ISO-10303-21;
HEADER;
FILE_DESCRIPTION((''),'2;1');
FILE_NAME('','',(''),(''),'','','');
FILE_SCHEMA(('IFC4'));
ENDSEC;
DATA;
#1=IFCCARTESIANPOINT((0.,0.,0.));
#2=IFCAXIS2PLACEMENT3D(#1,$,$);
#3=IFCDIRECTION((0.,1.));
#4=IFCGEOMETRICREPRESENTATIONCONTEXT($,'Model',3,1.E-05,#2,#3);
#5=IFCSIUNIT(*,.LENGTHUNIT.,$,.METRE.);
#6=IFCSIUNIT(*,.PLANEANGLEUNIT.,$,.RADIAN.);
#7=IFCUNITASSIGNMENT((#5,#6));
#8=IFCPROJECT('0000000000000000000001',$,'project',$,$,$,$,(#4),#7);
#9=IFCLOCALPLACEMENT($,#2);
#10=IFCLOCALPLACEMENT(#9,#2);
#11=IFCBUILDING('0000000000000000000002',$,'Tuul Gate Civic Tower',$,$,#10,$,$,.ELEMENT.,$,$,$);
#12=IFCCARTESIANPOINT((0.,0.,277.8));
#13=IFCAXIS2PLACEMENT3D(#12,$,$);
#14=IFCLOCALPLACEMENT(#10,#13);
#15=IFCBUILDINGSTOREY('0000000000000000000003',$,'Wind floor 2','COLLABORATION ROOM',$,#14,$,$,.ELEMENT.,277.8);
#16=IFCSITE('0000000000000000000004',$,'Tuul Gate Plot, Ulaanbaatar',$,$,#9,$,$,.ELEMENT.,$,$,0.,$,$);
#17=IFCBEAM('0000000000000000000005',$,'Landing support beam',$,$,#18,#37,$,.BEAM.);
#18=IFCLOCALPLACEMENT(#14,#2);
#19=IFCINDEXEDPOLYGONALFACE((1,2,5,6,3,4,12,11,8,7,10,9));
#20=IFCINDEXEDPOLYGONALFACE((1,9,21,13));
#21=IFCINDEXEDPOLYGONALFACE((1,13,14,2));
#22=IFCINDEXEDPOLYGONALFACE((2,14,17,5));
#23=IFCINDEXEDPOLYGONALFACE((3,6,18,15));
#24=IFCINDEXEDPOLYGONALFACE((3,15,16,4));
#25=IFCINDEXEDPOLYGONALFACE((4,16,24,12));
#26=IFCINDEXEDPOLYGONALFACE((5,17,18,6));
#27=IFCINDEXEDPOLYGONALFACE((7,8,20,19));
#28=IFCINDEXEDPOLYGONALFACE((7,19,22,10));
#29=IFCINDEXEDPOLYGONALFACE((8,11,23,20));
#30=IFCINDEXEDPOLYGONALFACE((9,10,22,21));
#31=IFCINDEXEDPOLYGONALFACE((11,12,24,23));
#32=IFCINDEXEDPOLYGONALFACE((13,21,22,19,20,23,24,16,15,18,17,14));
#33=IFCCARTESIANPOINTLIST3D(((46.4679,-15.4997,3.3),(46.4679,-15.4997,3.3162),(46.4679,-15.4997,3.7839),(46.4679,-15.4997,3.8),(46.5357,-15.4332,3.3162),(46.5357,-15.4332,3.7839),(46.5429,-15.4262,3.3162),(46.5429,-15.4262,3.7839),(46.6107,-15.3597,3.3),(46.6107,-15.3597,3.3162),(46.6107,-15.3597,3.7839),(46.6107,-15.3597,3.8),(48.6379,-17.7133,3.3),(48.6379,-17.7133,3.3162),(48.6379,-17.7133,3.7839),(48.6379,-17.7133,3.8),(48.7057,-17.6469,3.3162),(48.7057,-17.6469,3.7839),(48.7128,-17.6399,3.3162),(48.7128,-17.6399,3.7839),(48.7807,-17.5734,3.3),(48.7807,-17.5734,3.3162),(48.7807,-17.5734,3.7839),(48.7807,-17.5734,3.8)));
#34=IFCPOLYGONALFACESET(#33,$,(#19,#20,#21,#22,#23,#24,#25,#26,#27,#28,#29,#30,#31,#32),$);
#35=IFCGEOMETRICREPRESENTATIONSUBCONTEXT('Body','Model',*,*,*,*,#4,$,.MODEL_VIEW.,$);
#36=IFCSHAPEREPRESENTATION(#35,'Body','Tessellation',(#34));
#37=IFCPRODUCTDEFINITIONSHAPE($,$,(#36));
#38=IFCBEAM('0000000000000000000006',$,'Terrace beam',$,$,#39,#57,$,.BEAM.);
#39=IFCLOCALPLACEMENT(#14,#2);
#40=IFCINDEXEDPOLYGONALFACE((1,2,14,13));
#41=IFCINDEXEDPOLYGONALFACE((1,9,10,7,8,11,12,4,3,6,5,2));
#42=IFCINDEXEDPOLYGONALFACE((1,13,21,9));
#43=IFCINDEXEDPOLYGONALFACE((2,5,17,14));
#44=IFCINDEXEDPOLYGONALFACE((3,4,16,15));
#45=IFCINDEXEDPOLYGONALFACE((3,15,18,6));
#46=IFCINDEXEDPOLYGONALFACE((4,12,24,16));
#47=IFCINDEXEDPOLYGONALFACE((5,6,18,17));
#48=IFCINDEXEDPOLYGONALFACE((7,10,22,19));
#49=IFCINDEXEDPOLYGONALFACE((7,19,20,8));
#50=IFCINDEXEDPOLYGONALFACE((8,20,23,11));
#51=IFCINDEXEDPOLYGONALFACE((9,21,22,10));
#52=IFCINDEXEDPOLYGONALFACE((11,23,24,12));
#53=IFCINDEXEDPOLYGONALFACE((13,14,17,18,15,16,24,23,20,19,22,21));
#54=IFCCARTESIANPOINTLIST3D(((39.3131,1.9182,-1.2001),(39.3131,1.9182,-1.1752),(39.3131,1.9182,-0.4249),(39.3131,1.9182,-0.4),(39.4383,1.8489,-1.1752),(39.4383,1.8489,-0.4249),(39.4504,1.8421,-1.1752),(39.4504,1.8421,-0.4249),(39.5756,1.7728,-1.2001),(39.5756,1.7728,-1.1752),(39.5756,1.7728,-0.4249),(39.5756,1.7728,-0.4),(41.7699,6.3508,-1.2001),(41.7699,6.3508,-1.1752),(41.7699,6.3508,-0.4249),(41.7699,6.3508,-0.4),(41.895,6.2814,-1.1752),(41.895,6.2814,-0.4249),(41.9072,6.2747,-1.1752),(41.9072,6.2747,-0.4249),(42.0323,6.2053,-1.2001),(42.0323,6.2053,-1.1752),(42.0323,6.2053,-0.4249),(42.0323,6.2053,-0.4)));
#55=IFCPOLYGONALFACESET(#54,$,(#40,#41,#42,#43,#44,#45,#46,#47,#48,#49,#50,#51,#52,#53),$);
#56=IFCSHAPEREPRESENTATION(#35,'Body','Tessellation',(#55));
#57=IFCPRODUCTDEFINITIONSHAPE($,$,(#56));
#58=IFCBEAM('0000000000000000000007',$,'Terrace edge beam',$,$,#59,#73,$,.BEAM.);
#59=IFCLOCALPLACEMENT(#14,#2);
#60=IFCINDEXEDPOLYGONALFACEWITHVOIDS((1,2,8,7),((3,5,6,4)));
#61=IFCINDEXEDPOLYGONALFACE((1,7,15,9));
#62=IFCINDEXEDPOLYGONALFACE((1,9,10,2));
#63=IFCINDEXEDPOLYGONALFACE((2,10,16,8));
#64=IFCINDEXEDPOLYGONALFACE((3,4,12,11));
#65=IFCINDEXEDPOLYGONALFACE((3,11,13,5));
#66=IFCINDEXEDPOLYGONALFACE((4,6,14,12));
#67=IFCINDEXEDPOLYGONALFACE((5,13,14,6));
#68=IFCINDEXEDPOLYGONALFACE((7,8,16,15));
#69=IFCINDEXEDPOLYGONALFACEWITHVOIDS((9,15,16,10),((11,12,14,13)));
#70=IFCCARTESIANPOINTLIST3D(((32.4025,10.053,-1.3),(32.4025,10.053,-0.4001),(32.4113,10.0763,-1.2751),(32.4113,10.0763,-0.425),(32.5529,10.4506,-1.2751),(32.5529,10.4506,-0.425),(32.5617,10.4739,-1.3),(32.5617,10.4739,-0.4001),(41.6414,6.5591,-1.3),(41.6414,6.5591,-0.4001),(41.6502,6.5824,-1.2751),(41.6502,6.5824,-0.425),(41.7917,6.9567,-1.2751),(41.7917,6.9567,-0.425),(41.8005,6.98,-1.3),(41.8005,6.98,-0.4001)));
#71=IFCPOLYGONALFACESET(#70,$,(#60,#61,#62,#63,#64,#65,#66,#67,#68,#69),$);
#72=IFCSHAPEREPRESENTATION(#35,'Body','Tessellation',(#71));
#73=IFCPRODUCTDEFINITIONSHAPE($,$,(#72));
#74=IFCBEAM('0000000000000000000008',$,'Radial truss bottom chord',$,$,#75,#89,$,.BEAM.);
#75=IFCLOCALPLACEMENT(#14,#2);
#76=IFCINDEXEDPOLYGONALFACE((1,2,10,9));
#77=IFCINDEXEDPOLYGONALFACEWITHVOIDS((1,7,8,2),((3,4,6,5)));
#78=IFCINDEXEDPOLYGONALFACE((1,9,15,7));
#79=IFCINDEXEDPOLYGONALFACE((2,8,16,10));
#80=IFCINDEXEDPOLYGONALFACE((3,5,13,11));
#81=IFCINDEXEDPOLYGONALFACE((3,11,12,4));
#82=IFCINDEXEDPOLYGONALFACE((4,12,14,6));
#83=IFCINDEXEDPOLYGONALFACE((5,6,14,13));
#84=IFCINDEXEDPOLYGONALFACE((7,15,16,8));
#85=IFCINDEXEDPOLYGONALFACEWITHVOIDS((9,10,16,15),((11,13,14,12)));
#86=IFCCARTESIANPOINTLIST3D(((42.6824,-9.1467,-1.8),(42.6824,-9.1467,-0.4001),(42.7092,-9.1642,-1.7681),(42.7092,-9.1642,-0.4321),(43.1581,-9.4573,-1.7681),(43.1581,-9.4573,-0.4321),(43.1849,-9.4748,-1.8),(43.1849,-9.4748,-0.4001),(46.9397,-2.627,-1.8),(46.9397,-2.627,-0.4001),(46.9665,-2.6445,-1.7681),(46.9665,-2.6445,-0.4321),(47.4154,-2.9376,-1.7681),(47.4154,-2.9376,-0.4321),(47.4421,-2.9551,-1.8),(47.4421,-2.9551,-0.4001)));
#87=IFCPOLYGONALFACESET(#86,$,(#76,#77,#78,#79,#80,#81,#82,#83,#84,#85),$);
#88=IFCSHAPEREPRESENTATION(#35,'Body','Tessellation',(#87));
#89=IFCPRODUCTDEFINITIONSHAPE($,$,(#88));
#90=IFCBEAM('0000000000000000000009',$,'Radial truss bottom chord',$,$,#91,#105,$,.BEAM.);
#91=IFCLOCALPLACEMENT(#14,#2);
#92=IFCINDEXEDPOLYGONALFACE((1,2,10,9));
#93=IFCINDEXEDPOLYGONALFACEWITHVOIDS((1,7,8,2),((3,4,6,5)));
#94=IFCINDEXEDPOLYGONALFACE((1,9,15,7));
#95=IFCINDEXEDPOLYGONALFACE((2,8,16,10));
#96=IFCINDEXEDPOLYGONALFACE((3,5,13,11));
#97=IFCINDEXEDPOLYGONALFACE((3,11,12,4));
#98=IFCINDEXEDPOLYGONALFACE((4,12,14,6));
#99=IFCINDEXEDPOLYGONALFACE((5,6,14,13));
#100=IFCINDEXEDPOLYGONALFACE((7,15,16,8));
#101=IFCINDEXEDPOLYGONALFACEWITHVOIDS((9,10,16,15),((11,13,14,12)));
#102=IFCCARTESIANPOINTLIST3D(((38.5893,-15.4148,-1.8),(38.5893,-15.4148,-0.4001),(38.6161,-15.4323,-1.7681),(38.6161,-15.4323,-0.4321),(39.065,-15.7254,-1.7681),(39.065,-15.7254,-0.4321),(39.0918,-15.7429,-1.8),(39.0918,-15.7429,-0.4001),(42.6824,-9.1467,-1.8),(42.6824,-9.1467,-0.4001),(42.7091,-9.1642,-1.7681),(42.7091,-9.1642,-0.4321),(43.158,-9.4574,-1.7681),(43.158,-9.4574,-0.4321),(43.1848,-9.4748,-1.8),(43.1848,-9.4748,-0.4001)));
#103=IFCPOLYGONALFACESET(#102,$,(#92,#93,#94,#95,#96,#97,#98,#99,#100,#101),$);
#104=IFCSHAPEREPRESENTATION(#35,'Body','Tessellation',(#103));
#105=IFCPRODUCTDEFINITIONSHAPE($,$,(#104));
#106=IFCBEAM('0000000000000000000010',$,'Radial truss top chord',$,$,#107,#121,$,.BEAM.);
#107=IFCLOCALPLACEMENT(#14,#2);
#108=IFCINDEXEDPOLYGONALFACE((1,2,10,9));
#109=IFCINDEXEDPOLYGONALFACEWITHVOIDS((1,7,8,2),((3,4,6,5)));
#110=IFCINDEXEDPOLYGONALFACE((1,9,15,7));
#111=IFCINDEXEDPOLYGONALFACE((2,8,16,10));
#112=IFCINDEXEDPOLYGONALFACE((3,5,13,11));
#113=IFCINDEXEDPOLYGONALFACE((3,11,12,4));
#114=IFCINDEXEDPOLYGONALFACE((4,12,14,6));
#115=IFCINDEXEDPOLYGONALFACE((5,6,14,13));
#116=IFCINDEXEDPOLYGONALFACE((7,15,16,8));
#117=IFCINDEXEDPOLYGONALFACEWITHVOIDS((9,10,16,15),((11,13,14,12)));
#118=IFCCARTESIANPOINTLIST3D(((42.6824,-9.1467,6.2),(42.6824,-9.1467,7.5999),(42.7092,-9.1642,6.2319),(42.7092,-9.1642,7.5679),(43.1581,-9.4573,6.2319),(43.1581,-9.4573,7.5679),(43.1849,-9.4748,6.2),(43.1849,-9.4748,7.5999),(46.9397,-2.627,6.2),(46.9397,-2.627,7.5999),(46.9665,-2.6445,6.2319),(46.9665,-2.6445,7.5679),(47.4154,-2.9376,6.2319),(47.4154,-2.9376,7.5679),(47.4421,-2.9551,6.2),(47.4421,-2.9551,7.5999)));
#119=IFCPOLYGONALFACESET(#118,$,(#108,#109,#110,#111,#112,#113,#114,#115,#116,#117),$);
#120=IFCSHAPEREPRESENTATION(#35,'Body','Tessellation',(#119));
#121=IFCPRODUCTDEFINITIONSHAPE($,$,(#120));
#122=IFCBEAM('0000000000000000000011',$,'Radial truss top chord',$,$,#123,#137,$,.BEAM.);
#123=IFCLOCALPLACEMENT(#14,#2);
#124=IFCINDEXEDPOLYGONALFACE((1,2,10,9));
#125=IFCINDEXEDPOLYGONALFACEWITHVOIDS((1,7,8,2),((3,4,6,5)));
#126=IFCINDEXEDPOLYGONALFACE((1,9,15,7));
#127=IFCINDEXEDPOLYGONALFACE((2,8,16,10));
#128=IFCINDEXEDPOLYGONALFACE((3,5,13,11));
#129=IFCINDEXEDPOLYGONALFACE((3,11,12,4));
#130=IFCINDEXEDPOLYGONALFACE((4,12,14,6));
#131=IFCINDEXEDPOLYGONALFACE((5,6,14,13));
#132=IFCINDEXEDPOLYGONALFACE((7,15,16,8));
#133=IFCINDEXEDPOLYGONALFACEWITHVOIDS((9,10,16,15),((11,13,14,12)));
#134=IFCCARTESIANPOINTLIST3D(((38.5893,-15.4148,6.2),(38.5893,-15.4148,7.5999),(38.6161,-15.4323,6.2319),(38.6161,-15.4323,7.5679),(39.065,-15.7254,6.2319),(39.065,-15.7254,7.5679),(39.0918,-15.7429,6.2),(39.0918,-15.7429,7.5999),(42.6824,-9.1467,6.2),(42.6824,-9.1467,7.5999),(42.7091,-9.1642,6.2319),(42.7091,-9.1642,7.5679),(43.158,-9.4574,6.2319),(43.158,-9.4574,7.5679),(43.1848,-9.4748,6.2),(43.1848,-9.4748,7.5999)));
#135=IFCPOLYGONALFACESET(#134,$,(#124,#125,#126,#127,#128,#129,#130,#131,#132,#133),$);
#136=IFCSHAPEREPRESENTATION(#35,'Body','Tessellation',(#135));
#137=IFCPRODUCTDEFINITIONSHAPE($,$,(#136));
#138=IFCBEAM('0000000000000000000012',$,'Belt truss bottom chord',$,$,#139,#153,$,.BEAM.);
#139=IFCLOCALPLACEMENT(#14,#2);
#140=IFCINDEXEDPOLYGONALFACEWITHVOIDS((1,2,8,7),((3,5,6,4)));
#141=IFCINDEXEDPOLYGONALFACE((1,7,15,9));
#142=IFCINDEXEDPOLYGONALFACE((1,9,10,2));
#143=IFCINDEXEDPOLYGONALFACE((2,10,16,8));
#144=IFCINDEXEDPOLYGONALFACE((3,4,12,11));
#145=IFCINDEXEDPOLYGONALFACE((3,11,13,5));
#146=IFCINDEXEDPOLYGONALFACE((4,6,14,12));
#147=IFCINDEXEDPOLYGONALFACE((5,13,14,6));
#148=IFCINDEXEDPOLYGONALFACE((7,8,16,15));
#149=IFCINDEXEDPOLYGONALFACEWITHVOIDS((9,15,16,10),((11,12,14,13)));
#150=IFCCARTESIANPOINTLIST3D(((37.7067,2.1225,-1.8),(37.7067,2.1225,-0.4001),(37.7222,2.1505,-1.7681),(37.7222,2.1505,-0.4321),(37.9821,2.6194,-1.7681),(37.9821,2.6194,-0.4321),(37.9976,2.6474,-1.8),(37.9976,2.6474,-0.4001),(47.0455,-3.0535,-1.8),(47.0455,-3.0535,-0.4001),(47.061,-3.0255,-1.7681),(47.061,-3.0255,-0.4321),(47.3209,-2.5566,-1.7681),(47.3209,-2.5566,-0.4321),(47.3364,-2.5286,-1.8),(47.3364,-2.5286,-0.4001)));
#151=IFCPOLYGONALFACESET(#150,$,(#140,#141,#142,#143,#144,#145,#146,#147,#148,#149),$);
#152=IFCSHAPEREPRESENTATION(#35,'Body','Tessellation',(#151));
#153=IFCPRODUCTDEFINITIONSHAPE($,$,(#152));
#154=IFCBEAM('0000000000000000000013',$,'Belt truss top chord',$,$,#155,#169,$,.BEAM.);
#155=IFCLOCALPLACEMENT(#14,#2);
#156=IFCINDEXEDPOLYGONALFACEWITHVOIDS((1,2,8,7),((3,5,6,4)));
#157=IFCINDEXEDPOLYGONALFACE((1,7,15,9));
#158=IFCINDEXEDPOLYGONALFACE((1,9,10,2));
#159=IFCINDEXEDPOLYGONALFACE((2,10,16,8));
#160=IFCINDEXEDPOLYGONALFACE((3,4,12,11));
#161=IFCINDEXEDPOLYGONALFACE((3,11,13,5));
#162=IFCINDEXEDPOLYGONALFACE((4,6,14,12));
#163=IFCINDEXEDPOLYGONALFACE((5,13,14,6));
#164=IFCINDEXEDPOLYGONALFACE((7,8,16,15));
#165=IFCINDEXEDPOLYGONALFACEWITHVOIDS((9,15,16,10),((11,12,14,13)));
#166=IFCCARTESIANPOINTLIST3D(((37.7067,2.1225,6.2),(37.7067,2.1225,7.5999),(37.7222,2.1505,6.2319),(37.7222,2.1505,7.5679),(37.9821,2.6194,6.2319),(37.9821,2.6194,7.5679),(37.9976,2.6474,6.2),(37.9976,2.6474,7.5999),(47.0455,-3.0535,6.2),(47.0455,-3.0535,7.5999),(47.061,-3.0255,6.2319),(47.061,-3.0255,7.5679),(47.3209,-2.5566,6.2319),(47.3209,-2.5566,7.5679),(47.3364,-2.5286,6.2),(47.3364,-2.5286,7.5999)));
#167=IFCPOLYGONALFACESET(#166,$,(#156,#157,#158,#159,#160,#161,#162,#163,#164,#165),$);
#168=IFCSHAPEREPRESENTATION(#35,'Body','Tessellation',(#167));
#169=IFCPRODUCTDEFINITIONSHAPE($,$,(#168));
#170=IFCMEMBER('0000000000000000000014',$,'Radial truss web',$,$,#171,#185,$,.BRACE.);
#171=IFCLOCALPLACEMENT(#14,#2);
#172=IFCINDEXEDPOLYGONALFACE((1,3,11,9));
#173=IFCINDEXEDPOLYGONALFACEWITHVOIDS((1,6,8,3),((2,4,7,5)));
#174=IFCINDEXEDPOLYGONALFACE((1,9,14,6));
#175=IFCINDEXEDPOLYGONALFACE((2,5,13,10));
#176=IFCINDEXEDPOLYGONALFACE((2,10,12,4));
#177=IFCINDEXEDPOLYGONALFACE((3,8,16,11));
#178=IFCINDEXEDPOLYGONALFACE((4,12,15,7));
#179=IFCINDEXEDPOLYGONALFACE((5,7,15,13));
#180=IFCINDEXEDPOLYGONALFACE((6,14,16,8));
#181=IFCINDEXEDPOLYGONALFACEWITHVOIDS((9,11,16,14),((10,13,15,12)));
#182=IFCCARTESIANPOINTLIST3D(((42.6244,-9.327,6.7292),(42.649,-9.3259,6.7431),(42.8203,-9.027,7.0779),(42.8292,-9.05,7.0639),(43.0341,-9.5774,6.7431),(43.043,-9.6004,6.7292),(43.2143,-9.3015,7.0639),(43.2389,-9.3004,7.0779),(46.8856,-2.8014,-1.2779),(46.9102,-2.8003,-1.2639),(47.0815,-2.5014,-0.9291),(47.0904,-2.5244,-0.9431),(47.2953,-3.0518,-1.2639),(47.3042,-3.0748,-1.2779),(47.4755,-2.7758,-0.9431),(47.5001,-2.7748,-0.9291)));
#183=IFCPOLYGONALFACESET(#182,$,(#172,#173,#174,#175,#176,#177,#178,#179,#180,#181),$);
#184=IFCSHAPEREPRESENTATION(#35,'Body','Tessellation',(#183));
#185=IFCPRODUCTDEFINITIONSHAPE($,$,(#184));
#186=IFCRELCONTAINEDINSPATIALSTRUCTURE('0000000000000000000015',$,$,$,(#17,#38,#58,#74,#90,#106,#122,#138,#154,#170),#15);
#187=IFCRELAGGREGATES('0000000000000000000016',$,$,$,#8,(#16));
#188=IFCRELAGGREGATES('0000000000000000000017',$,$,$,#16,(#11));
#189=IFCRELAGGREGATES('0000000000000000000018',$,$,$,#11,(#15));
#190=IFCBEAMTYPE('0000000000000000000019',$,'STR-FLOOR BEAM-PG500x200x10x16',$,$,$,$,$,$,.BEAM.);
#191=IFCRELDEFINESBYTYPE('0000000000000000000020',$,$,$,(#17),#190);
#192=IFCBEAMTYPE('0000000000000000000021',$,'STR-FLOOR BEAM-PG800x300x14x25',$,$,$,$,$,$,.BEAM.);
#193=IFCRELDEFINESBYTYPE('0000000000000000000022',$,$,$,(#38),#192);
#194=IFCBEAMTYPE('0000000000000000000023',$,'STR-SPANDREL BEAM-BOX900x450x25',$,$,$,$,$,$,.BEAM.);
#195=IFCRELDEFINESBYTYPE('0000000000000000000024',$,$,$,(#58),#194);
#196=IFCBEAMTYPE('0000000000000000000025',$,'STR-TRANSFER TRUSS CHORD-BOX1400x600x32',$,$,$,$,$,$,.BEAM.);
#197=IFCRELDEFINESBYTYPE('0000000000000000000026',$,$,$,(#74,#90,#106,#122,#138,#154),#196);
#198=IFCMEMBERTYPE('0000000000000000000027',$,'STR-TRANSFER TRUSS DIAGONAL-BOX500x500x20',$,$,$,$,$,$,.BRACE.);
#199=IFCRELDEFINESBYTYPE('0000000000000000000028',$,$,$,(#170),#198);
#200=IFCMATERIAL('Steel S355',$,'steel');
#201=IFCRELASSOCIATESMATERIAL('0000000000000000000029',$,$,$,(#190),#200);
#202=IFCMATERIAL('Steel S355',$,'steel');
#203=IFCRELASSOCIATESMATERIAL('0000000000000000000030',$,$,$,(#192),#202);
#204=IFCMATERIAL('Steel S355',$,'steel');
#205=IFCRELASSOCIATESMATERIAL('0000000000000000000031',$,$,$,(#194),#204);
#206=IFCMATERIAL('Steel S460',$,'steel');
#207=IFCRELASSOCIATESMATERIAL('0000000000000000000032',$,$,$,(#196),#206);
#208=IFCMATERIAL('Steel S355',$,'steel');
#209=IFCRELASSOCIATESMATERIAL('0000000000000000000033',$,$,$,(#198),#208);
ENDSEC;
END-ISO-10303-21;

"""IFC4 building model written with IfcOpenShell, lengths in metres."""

from ifc_helpers import new_model, si_unit, direction, frame, origin, origin_2d, place, context, subcontext, project, spatial, hollow_rectangle, i_section, extrude, material, material_profile, profile_set, type_object, element, save


model = new_model("IFC4")

# Units and contexts
model_context = context("Model", 3, precision=1e-05, world=origin(), true_north=direction((0.0, 1.0)))
body_context = subcontext(model_context, "Body", "Model", "MODEL_VIEW")
ifc_project = project(units=[si_unit("LENGTHUNIT", "METRE"), si_unit("PLANEANGLEUNIT", "RADIAN")], contexts=[model_context])

# Site, building, storey
site_placement = place(None, origin())
site = spatial("IfcSite", under=ifc_project, at=site_placement, Name="Tuul Gate Plot, Ulaanbaatar", CompositionType="ELEMENT", RefElevation=0.0)
building_placement = place(site_placement, origin())
building = spatial("IfcBuilding", under=site, at=building_placement, Name="Tuul Gate Civic Tower", CompositionType="ELEMENT")
storey_placement = place(building_placement, frame((0.0, 0.0, 277.8)))
storey = spatial("IfcBuildingStorey", under=building, at=storey_placement, Name="Wind floor 2", Description="COLLABORATION ROOM", CompositionType="ELEMENT", Elevation=277.8)

# Beams
ifc_material_1 = material(Name="Steel S355", Category="steel")
ifc_material_profile_1 = material_profile(ifc_material_1, i_section(OverallWidth=0.2, OverallDepth=0.5, WebThickness=0.01, FlangeThickness=0.0161, at=origin_2d()), Name="PG500x200x10x16")
ifc_profile_set_1 = profile_set([ifc_material_profile_1], Name="Steel S355")
beam_type_1 = type_object("IfcBeamType", Name="STR-FLOOR BEAM-PG500x200x10x16", PredefinedType="BEAM", material=ifc_profile_set_1)
beam_1_placement = place(storey_placement, frame((46.5393, -15.4297, 3.55), z_axis=(0.700023, -0.714121, 0.0), x_axis=(0.714121, 0.700023, 0.0)))
element("IfcBeam", 1, at=beam_1_placement, inside=storey, type_object=beam_type_1, Name="Landing support beam", PredefinedType="BEAM", context=body_context, shape_type="SweptSolid", body=[
    extrude(i_section(OverallWidth=0.2, OverallDepth=0.5, WebThickness=0.01, FlangeThickness=0.0161, at=origin_2d()), origin(), (0.0, 0.0, 1.0), 3.0999),
])
ifc_material_2 = material(Name="Steel S355", Category="steel")
ifc_material_profile_2 = material_profile(ifc_material_2, i_section(OverallWidth=0.3, OverallDepth=0.8, WebThickness=0.0139, FlangeThickness=0.0249, at=origin_2d()), Name="PG800x300x14x25")
ifc_profile_set_2 = profile_set([ifc_material_profile_2], Name="Steel S355")
beam_type_2 = type_object("IfcBeamType", Name="STR-FLOOR BEAM-PG800x300x14x25", PredefinedType="BEAM", material=ifc_profile_set_2)
beam_2_placement = place(storey_placement, frame((41.9011, 6.2781, -0.8), z_axis=(-0.484771, -0.874641, 0.0), x_axis=(0.874641, -0.484771, 0.0)))
element("IfcBeam", 2, at=beam_2_placement, inside=storey, type_object=beam_type_2, Name="Terrace beam", PredefinedType="BEAM", context=body_context, shape_type="SweptSolid", body=[
    extrude(i_section(OverallWidth=0.3, OverallDepth=0.8, WebThickness=0.0139, FlangeThickness=0.0249, at=origin_2d()), origin(), (0.0, 0.0, 1.0), 5.0679),
])
ifc_material_3 = material(Name="Steel S355", Category="steel")
ifc_material_profile_3 = material_profile(ifc_material_3, hollow_rectangle(XDim=0.45, YDim=0.8999, WallThickness=0.0249, at=origin_2d()), Name="BOX900x450x25")
ifc_profile_set_3 = profile_set([ifc_material_profile_3], Name="Steel S355")
beam_type_3 = type_object("IfcBeamType", Name="STR-SPANDREL BEAM-BOX900x450x25", PredefinedType="BEAM", material=ifc_profile_set_3)
beam_3_placement = place(storey_placement, frame((41.7209, 6.7695, -0.8501), z_axis=(-0.935348, 0.353728, 0.0), x_axis=(-0.353728, -0.935348, 0.0)))
element("IfcBeam", 3, at=beam_3_placement, inside=storey, type_object=beam_type_3, Name="Terrace edge beam", PredefinedType="BEAM", context=body_context, shape_type="SweptSolid", body=[
    extrude(hollow_rectangle(XDim=0.45, YDim=0.8999, WallThickness=0.0249, at=origin_2d()), origin(), (0.0, 0.0, 1.0), 9.8774),
])
ifc_material_4 = material(Name="Steel S460", Category="steel")
ifc_material_profile_4 = material_profile(ifc_material_4, hollow_rectangle(XDim=0.6001, YDim=1.3999, WallThickness=0.032, at=origin_2d()), Name="BOX1400x600x32")
ifc_profile_set_4 = profile_set([ifc_material_profile_4], Name="Steel S460")
beam_type_4 = type_object("IfcBeamType", Name="STR-TRANSFER TRUSS CHORD-BOX1400x600x32", PredefinedType="BEAM", material=ifc_profile_set_4)
beam_4_placement = place(storey_placement, frame((47.1909, -2.791, -1.1001), z_axis=(-0.546745, -0.837299, 0.0), x_axis=(0.837299, -0.546745, 0.0)))
element("IfcBeam", 4, at=beam_4_placement, inside=storey, type_object=beam_type_4, Name="Radial truss bottom chord", PredefinedType="BEAM", context=body_context, shape_type="SweptSolid", body=[
    extrude(hollow_rectangle(XDim=0.6001, YDim=1.3999, WallThickness=0.032, at=origin_2d()), origin(), (0.0, 0.0, 1.0), 7.7866),
])
beam_5_placement = place(storey_placement, frame((42.9336, -9.3108, -1.1001), z_axis=(-0.54675, -0.837296, 0.0), x_axis=(0.837296, -0.54675, 0.0)))
element("IfcBeam", 5, at=beam_5_placement, inside=storey, type_object=beam_type_4, Name="Radial truss bottom chord", PredefinedType="BEAM", context=body_context, shape_type="SweptSolid", body=[
    extrude(hollow_rectangle(XDim=0.6001, YDim=1.3999, WallThickness=0.032, at=origin_2d()), origin(), (0.0, 0.0, 1.0), 7.4861),
])
beam_6_placement = place(storey_placement, frame((47.1909, -2.791, 6.8999), z_axis=(-0.546745, -0.837299, 0.0), x_axis=(0.837299, -0.546745, 0.0)))
element("IfcBeam", 6, at=beam_6_placement, inside=storey, type_object=beam_type_4, Name="Radial truss top chord", PredefinedType="BEAM", context=body_context, shape_type="SweptSolid", body=[
    extrude(hollow_rectangle(XDim=0.6001, YDim=1.3999, WallThickness=0.032, at=origin_2d()), origin(), (0.0, 0.0, 1.0), 7.7866),
])
beam_7_placement = place(storey_placement, frame((42.9336, -9.3108, 6.8999), z_axis=(-0.54675, -0.837296, 0.0), x_axis=(0.837296, -0.54675, 0.0)))
element("IfcBeam", 7, at=beam_7_placement, inside=storey, type_object=beam_type_4, Name="Radial truss top chord", PredefinedType="BEAM", context=body_context, shape_type="SweptSolid", body=[
    extrude(hollow_rectangle(XDim=0.6001, YDim=1.3999, WallThickness=0.032, at=origin_2d()), origin(), (0.0, 0.0, 1.0), 7.4861),
])
for number, where, z_axis, x_axis, name in (
    (8, (47.1909, -2.791, -1.1001), (-0.874643, 0.484767, 0.0), (-0.484767, -0.874643, 0.0), "Belt truss bottom chord"),
    (9, (47.1909, -2.791, 6.8999), (-0.874643, 0.484767, 0.0), (-0.484767, -0.874643, 0.0), "Belt truss top chord"),
):
    element("IfcBeam", number, at=place(storey_placement, frame(where, z_axis=z_axis, x_axis=x_axis)), inside=storey, type_object=beam_type_4, Name=name, PredefinedType="BEAM", context=body_context, shape_type="SweptSolid", body=[
        extrude(hollow_rectangle(XDim=0.6001, YDim=1.3999, WallThickness=0.032, at=origin_2d()), origin(), (0.0, 0.0, 1.0), 10.6772),
    ])

# Member
ifc_material_5 = material(Name="Steel S355", Category="steel")
ifc_material_profile_5 = material_profile(ifc_material_5, hollow_rectangle(XDim=0.5, YDim=0.5, WallThickness=0.02, at=origin_2d()), Name="BOX500x500x20")
ifc_profile_set_5 = profile_set([ifc_material_profile_5], Name="Steel S355")
member_type_1 = type_object("IfcMemberType", Name="STR-TRANSFER TRUSS DIAGONAL-BOX500x500x20", PredefinedType="BRACE", material=ifc_profile_set_5)
member_1_placement = place(storey_placement, frame((47.1929, -2.7881, -1.1035), z_axis=(-0.381357, -0.584009, 0.71659), x_axis=(0.837295, -0.546752, 0.0)))
element("IfcMember", 10, at=member_1_placement, inside=storey, type_object=member_type_1, Name="Radial truss web", PredefinedType="BRACE", context=body_context, shape_type="SweptSolid", body=[
    extrude(hollow_rectangle(XDim=0.5, YDim=0.5, WallThickness=0.02, at=origin_2d()), origin(), (0.0, 0.0, 1.0), 11.1738),
])

save(model, "model.ifc")
